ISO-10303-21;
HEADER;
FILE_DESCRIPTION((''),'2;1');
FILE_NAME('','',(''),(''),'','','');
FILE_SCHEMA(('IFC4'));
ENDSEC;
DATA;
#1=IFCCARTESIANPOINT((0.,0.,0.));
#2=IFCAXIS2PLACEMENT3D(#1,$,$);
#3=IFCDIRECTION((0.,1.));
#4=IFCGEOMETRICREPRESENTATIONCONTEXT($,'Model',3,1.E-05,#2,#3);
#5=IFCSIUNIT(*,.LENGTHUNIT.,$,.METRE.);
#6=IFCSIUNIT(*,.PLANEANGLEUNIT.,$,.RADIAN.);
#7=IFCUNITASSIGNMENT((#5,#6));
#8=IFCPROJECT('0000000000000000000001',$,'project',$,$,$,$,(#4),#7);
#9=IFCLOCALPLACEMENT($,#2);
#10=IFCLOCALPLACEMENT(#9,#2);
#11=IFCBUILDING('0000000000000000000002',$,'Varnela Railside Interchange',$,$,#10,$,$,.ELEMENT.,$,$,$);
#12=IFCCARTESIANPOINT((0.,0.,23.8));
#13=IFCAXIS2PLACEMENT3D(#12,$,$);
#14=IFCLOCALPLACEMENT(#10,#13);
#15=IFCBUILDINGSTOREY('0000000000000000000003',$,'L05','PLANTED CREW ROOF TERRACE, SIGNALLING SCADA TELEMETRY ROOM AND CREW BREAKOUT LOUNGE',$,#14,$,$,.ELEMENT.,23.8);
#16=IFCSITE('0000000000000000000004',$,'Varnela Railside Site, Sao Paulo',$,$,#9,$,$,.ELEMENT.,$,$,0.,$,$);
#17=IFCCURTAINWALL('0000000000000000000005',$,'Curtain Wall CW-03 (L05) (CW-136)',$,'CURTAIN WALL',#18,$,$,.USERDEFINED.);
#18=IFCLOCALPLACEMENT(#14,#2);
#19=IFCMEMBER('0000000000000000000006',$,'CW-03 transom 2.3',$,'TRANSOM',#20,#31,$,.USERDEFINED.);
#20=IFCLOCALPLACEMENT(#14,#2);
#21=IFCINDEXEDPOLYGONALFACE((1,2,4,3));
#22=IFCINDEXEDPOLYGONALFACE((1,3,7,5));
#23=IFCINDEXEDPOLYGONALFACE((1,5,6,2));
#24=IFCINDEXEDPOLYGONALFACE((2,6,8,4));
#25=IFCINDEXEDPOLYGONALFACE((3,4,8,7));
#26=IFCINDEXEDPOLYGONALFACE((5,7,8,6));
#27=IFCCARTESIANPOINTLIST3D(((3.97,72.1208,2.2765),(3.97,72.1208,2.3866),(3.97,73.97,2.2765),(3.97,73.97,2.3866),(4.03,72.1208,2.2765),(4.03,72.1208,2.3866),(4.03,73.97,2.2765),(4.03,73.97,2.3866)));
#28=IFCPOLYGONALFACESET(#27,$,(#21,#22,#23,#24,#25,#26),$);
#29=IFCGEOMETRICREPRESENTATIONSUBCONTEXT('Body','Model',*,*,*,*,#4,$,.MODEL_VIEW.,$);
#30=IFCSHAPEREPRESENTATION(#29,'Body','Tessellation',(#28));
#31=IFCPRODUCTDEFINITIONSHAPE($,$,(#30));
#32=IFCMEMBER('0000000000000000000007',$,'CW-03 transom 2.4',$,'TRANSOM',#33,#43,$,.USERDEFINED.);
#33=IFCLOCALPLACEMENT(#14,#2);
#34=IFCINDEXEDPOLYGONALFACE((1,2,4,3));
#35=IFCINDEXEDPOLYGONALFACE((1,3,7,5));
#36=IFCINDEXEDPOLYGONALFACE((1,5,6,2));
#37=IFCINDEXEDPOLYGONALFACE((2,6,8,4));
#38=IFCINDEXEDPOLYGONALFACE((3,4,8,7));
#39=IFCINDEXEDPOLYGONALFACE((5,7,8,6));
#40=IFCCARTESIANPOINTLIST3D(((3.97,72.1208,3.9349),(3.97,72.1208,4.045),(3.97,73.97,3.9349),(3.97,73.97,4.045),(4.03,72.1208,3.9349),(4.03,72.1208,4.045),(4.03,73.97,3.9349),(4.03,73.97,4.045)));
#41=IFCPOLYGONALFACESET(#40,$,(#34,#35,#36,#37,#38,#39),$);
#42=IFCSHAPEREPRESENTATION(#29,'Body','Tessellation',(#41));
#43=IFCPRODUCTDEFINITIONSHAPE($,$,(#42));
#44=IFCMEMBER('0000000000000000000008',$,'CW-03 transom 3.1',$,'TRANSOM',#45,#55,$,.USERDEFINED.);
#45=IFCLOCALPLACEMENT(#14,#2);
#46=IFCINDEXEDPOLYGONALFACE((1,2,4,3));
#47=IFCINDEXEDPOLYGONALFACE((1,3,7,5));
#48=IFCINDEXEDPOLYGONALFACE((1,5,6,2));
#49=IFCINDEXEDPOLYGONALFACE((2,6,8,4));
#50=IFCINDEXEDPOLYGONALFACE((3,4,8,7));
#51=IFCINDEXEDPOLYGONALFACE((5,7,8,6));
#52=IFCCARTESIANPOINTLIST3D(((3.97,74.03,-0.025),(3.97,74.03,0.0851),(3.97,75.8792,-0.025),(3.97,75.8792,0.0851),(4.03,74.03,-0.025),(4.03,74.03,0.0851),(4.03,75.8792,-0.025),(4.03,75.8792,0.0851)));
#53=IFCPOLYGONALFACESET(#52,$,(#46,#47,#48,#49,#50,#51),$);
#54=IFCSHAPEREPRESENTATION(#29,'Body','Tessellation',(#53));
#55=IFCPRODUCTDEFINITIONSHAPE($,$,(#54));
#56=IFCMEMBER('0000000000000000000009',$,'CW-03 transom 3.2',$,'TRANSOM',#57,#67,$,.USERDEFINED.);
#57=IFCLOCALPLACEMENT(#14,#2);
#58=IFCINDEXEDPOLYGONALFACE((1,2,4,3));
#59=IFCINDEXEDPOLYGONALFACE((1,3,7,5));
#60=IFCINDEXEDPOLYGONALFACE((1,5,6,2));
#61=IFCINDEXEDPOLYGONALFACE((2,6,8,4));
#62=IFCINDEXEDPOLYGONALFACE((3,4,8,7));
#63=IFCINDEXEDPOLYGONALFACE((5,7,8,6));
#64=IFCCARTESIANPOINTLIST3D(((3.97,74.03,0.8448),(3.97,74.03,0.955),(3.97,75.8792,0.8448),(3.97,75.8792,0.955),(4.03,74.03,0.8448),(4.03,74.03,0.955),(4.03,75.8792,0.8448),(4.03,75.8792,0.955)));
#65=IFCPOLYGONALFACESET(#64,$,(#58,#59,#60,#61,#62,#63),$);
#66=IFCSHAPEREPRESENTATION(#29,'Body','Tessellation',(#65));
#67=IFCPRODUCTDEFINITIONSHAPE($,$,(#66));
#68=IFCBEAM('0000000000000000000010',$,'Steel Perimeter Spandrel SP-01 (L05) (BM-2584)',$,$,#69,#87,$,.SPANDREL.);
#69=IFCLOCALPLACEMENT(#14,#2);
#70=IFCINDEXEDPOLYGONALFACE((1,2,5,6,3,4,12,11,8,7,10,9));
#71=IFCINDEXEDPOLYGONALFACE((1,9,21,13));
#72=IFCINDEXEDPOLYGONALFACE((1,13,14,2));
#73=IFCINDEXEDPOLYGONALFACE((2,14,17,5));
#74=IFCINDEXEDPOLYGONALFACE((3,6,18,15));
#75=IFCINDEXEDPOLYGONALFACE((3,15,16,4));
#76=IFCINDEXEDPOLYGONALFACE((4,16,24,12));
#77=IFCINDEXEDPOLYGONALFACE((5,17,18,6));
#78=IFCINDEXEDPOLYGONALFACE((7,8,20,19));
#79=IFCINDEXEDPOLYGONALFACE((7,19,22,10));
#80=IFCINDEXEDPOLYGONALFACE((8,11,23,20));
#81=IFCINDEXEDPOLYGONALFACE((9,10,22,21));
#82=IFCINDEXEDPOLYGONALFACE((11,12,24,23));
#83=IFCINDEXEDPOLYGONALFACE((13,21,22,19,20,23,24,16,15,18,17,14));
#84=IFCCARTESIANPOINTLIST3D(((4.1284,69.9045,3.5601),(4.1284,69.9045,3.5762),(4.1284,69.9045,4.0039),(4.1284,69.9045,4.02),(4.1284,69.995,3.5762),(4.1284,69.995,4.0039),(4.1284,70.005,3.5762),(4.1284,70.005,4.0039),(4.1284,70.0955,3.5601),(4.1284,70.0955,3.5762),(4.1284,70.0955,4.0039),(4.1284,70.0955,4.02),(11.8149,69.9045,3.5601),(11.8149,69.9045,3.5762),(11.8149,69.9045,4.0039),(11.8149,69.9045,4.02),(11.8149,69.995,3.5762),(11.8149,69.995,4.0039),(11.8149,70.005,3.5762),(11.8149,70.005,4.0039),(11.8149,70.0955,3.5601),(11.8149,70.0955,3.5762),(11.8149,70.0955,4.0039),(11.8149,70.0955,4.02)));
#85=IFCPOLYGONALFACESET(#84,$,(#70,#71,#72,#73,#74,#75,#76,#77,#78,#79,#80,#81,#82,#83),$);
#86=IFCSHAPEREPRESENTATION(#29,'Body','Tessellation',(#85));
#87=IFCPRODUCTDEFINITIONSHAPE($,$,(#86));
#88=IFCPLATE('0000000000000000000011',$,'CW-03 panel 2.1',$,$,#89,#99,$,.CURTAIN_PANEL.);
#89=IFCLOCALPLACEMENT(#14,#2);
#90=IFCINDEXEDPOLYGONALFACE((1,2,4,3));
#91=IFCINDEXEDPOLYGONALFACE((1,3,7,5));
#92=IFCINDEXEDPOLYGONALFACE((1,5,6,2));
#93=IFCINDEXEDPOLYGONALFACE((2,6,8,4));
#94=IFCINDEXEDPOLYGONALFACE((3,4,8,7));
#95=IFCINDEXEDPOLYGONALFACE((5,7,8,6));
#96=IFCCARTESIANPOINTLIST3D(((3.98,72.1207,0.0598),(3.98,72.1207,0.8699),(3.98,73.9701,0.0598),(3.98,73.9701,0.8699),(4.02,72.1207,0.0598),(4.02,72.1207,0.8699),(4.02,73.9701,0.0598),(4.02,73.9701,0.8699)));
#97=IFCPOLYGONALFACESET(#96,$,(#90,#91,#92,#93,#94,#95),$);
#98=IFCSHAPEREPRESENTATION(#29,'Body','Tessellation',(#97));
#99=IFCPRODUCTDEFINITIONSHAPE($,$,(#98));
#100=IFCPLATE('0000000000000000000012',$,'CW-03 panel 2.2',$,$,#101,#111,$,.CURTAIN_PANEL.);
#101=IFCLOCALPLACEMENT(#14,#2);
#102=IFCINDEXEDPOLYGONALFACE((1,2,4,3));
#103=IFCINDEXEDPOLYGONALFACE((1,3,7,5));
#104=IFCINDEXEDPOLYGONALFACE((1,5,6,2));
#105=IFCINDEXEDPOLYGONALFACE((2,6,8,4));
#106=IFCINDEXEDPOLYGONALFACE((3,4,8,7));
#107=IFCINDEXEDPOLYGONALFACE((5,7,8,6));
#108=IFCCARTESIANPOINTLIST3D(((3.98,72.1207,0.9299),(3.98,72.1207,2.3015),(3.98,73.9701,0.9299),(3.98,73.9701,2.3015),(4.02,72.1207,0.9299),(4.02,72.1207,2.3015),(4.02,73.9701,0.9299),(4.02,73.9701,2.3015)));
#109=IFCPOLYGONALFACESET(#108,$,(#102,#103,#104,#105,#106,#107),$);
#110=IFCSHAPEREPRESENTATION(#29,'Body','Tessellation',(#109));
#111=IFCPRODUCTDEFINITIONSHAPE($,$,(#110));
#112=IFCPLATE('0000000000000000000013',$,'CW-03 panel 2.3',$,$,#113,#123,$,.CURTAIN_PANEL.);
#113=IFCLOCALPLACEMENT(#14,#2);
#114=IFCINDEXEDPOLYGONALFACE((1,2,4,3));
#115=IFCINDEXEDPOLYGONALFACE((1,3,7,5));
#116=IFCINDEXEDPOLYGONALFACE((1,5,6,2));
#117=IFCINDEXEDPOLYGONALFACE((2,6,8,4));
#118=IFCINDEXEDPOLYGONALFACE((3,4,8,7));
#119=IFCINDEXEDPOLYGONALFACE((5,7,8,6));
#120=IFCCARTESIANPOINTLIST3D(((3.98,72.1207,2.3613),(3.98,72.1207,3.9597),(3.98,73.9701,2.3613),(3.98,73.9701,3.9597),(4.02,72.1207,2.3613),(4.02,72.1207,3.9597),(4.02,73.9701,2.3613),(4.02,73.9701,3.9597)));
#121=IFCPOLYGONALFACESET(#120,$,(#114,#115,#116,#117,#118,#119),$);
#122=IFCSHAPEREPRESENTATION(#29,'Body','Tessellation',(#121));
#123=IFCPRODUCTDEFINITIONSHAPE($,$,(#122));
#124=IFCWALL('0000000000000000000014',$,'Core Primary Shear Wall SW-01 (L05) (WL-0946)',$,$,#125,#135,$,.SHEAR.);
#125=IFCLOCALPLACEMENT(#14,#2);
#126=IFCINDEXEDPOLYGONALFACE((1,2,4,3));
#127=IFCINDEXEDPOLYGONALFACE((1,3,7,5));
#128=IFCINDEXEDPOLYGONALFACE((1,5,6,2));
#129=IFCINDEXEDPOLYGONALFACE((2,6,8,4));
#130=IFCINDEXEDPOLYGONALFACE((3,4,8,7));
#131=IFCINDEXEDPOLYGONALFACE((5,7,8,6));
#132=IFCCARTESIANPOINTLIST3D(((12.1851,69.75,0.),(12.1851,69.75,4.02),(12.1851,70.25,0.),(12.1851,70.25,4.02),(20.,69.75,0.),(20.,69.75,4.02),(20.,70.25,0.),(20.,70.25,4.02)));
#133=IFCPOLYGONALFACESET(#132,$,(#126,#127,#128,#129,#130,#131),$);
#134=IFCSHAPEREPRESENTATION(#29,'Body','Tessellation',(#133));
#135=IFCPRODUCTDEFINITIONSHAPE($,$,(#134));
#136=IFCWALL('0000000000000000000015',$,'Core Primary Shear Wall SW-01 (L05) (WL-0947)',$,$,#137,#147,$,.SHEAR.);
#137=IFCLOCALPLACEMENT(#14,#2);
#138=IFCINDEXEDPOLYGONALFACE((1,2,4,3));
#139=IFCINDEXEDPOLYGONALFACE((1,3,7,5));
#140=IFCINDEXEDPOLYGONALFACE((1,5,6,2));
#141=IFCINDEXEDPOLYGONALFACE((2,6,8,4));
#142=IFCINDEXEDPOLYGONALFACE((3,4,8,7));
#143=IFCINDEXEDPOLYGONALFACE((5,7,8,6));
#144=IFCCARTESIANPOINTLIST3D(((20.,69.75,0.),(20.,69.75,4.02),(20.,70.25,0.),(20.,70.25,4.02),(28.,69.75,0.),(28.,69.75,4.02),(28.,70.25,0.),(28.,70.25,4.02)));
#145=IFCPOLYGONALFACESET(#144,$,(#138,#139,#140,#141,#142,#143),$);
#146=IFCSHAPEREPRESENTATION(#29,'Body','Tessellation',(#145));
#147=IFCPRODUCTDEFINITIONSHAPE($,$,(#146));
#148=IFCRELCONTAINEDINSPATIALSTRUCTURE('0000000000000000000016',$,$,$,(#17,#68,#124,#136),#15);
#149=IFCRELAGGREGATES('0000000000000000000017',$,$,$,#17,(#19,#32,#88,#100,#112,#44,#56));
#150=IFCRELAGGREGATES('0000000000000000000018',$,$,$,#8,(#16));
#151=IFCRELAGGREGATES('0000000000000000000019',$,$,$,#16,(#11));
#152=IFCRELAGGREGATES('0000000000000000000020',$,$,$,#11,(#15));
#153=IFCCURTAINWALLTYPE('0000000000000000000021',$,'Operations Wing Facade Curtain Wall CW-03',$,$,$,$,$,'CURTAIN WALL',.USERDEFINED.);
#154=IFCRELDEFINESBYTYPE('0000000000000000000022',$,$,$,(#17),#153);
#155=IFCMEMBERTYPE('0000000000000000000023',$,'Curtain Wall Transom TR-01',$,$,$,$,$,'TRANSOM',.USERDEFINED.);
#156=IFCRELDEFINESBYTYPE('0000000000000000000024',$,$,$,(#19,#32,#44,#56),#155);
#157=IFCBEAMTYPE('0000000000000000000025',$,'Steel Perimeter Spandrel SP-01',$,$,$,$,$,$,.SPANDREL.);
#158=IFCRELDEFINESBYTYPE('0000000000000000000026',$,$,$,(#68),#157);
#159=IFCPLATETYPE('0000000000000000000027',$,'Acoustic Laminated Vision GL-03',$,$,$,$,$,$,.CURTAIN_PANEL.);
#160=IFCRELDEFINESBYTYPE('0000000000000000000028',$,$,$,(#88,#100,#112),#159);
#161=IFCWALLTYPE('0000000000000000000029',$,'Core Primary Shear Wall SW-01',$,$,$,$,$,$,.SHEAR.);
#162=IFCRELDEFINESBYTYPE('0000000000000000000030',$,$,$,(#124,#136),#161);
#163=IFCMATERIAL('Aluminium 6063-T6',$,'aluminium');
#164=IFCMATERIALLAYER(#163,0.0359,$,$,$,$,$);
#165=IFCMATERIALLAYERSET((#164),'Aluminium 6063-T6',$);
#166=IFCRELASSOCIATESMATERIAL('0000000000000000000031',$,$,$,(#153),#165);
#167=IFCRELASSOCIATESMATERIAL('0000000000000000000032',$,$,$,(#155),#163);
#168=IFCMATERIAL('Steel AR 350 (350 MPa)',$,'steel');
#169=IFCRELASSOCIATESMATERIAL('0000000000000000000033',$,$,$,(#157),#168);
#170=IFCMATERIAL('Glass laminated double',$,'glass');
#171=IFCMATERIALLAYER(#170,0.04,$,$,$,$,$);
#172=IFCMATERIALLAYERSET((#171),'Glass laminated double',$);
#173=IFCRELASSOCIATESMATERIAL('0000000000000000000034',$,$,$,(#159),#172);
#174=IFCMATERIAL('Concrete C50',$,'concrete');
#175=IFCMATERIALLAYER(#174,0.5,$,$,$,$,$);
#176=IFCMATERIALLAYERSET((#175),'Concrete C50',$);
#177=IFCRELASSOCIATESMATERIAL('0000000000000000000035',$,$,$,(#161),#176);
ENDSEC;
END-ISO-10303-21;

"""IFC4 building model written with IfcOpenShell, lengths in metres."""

from ifc_helpers import new_model, si_unit, direction, frame, frame_2d, origin, origin_2d, place, context, subcontext, project, spatial, rectangle, i_section, extrude, material, layer, layer_set, material_profile, profile_set, type_object, element, aggregate, save


model = new_model("IFC4")

# Units and contexts
model_context = context("Model", 3, precision=1e-05, world=origin(), true_north=direction((0.0, 1.0)))
body_context = subcontext(model_context, "Body", "Model", "MODEL_VIEW")
ifc_project = project(units=[si_unit("LENGTHUNIT", "METRE"), si_unit("PLANEANGLEUNIT", "RADIAN")], contexts=[model_context])

# Site, building, storey
site_placement = place(None, origin())
site = spatial("IfcSite", under=ifc_project, at=site_placement, Name="Varnela Railside Site, Sao Paulo", CompositionType="ELEMENT", RefElevation=0.0)
building_placement = place(site_placement, origin())
building = spatial("IfcBuilding", under=site, at=building_placement, Name="Varnela Railside Interchange", CompositionType="ELEMENT")
storey_placement = place(building_placement, frame((0.0, 0.0, 23.8)))
storey = spatial("IfcBuildingStorey", under=building, at=storey_placement, Name="L05", Description="PLANTED CREW ROOF TERRACE, SIGNALLING SCADA TELEMETRY ROOM AND CREW BREAKOUT LOUNGE", CompositionType="ELEMENT", Elevation=23.8)

# Shared definitions
ifc_material_1 = material(Name="Steel AR 350 (350 MPa)", Category="steel")

# Curtain wall, members
ifc_material_2 = material(Name="Aluminium 6063-T6", Category="aluminium")
ifc_layer_1 = layer(ifc_material_2, 0.0359)
ifc_layer_set_1 = layer_set([ifc_layer_1], Name="Aluminium 6063-T6")
curtain_wall_type = type_object("IfcCurtainWallType", Name="Operations Wing Facade Curtain Wall CW-03", ElementType="CURTAIN WALL", PredefinedType="USERDEFINED", material=ifc_layer_set_1)
curtain_wall_placement = place(storey_placement, origin())
curtain_wall = element("IfcCurtainWall", 1, at=curtain_wall_placement, inside=storey, type_object=curtain_wall_type, Name="Curtain Wall CW-03 (L05) (CW-136)", ObjectType="CURTAIN WALL", PredefinedType="USERDEFINED")
ifc_material_profile_1 = material_profile(ifc_material_2, rectangle(XDim=0.0601, YDim=0.1101, at=origin_2d()), Name="ALU 60x110")
ifc_profile_set_1 = profile_set([ifc_material_profile_1], Name="Aluminium 6063-T6")
member_type_1 = type_object("IfcMemberType", Name="Curtain Wall Transom TR-01", ElementType="TRANSOM", PredefinedType="USERDEFINED", material=ifc_profile_set_1)
member_1_placement = place(storey_placement, frame((4.0, 72.1208, 2.3315), z_axis=(0.0, 1.0, 0.0), x_axis=(-1.0, 0.0, 0.0)))
member_1 = element("IfcMember", 2, at=member_1_placement, type_object=member_type_1, Name="CW-03 transom 2.3", ObjectType="TRANSOM", PredefinedType="USERDEFINED", context=body_context, shape_type="SweptSolid", body=[
    extrude(rectangle(XDim=0.0601, YDim=0.1101, at=origin_2d()), origin(), (0.0, 0.0, 1.0), 1.8491),
])
member_2_placement = place(storey_placement, frame((4.0, 72.1208, 3.99), z_axis=(0.0, 1.0, 0.0), x_axis=(-1.0, 0.0, 0.0)))
member_2 = element("IfcMember", 3, at=member_2_placement, type_object=member_type_1, Name="CW-03 transom 2.4", ObjectType="TRANSOM", PredefinedType="USERDEFINED", context=body_context, shape_type="SweptSolid", body=[
    extrude(rectangle(XDim=0.0601, YDim=0.1101, at=origin_2d()), origin(), (0.0, 0.0, 1.0), 1.8491),
])
member_3_placement = place(storey_placement, frame((4.0, 74.03, 0.03), z_axis=(0.0, 1.0, 0.0), x_axis=(-1.0, 0.0, 0.0)))
member_3 = element("IfcMember", 4, at=member_3_placement, type_object=member_type_1, Name="CW-03 transom 3.1", ObjectType="TRANSOM", PredefinedType="USERDEFINED", context=body_context, shape_type="SweptSolid", body=[
    extrude(rectangle(XDim=0.0601, YDim=0.1101, at=origin_2d()), origin(), (0.0, 0.0, 1.0), 1.8491),
])
member_4_placement = place(storey_placement, frame((4.0, 74.03, 0.8999), z_axis=(0.0, 1.0, 0.0), x_axis=(-1.0, 0.0, 0.0)))
member_4 = element("IfcMember", 5, at=member_4_placement, type_object=member_type_1, Name="CW-03 transom 3.2", ObjectType="TRANSOM", PredefinedType="USERDEFINED", context=body_context, shape_type="SweptSolid", body=[
    extrude(rectangle(XDim=0.0601, YDim=0.1101, at=origin_2d()), origin(), (0.0, 0.0, 1.0), 1.8491),
])

# Beam
ifc_material_profile_2 = material_profile(ifc_material_1, i_section(OverallWidth=0.1909, OverallDepth=0.46, WebThickness=0.01, FlangeThickness=0.0161, at=origin_2d()), Name="W460x82")
ifc_profile_set_2 = profile_set([ifc_material_profile_2], Name="Steel AR 350 (350 MPa)")
beam_type_1 = type_object("IfcBeamType", Name="Steel Perimeter Spandrel SP-01", PredefinedType="SPANDREL", material=ifc_profile_set_2)
beam_placement = place(storey_placement, frame((4.1284, 70.0, 3.79), z_axis=(1.0, 0.0, 0.0), x_axis=(0.0, 1.0, 0.0)))
element("IfcBeam", 6, at=beam_placement, inside=storey, type_object=beam_type_1, Name="Steel Perimeter Spandrel SP-01 (L05) (BM-2584)", PredefinedType="SPANDREL", context=body_context, shape_type="SweptSolid", body=[
    extrude(i_section(OverallWidth=0.1909, OverallDepth=0.46, WebThickness=0.01, FlangeThickness=0.0161, at=origin_2d()), origin(), (0.0, 0.0, 1.0), 7.6865),
])

# Plates
ifc_material_3 = material(Name="Glass laminated double", Category="glass")
ifc_layer_2 = layer(ifc_material_3, 0.04)
ifc_layer_set_2 = layer_set([ifc_layer_2], Name="Glass laminated double")
plate_type = type_object("IfcPlateType", Name="Acoustic Laminated Vision GL-03", PredefinedType="CURTAIN_PANEL", material=ifc_layer_set_2)
plate_1_placement = place(storey_placement, frame((4.0, 73.0454, 0.0598), z_axis=(0.0, 0.0, 1.0), x_axis=(0.0, 1.0, 0.0)))
plate_1 = element("IfcPlate", 7, at=plate_1_placement, type_object=plate_type, Name="CW-03 panel 2.1", PredefinedType="CURTAIN_PANEL", context=body_context, shape_type="SweptSolid", body=[
    extrude(rectangle(XDim=1.8494, YDim=0.04, at=origin_2d()), origin(), (0.0, 0.0, 1.0), 0.8101),
])
plate_2_placement = place(storey_placement, frame((4.0, 73.0454, 0.9299), z_axis=(0.0, 0.0, 1.0), x_axis=(0.0, 1.0, 0.0)))
plate_2 = element("IfcPlate", 8, at=plate_2_placement, type_object=plate_type, Name="CW-03 panel 2.2", PredefinedType="CURTAIN_PANEL", context=body_context, shape_type="SweptSolid", body=[
    extrude(rectangle(XDim=1.8494, YDim=0.04, at=origin_2d()), origin(), (0.0, 0.0, 1.0), 1.3716),
])
plate_3_placement = place(storey_placement, frame((4.0, 73.0454, 2.3613), z_axis=(0.0, 0.0, 1.0), x_axis=(0.0, 1.0, 0.0)))
plate_3 = element("IfcPlate", 9, at=plate_3_placement, type_object=plate_type, Name="CW-03 panel 2.3", PredefinedType="CURTAIN_PANEL", context=body_context, shape_type="SweptSolid", body=[
    extrude(rectangle(XDim=1.8494, YDim=0.04, at=origin_2d()), origin(), (0.0, 0.0, 1.0), 1.5984),
])
aggregate(curtain_wall, [member_1, member_2, plate_1, plate_2, plate_3, member_3, member_4])

# Walls
ifc_material_4 = material(Name="Concrete C50", Category="concrete")
ifc_layer_3 = layer(ifc_material_4, 0.5)
ifc_layer_set_3 = layer_set([ifc_layer_3], Name="Concrete C50")
wall_type_1 = type_object("IfcWallType", Name="Core Primary Shear Wall SW-01", PredefinedType="SHEAR", material=ifc_layer_set_3)
wall_1_placement = place(storey_placement, frame((12.1851, 70.0, 0.0), z_axis=(0.0, 0.0, 1.0), x_axis=(1.0, 0.0, 0.0)))
element("IfcWall", 10, at=wall_1_placement, inside=storey, type_object=wall_type_1, Name="Core Primary Shear Wall SW-01 (L05) (WL-0946)", PredefinedType="SHEAR", context=body_context, shape_type="SweptSolid", body=[
    extrude(rectangle(XDim=7.8149, YDim=0.5, at=frame_2d((3.9075, 0.0))), origin(), (0.0, 0.0, 1.0), 4.02),
])
wall_2_placement = place(storey_placement, frame((20.0, 70.0, 0.0), z_axis=(0.0, 0.0, 1.0), x_axis=(1.0, 0.0, 0.0)))
element("IfcWall", 11, at=wall_2_placement, inside=storey, type_object=wall_type_1, Name="Core Primary Shear Wall SW-01 (L05) (WL-0947)", PredefinedType="SHEAR", context=body_context, shape_type="SweptSolid", body=[
    extrude(rectangle(XDim=8.0, YDim=0.5, at=frame_2d((4.0, 0.0))), origin(), (0.0, 0.0, 1.0), 4.02),
])

save(model, "model.ifc")
